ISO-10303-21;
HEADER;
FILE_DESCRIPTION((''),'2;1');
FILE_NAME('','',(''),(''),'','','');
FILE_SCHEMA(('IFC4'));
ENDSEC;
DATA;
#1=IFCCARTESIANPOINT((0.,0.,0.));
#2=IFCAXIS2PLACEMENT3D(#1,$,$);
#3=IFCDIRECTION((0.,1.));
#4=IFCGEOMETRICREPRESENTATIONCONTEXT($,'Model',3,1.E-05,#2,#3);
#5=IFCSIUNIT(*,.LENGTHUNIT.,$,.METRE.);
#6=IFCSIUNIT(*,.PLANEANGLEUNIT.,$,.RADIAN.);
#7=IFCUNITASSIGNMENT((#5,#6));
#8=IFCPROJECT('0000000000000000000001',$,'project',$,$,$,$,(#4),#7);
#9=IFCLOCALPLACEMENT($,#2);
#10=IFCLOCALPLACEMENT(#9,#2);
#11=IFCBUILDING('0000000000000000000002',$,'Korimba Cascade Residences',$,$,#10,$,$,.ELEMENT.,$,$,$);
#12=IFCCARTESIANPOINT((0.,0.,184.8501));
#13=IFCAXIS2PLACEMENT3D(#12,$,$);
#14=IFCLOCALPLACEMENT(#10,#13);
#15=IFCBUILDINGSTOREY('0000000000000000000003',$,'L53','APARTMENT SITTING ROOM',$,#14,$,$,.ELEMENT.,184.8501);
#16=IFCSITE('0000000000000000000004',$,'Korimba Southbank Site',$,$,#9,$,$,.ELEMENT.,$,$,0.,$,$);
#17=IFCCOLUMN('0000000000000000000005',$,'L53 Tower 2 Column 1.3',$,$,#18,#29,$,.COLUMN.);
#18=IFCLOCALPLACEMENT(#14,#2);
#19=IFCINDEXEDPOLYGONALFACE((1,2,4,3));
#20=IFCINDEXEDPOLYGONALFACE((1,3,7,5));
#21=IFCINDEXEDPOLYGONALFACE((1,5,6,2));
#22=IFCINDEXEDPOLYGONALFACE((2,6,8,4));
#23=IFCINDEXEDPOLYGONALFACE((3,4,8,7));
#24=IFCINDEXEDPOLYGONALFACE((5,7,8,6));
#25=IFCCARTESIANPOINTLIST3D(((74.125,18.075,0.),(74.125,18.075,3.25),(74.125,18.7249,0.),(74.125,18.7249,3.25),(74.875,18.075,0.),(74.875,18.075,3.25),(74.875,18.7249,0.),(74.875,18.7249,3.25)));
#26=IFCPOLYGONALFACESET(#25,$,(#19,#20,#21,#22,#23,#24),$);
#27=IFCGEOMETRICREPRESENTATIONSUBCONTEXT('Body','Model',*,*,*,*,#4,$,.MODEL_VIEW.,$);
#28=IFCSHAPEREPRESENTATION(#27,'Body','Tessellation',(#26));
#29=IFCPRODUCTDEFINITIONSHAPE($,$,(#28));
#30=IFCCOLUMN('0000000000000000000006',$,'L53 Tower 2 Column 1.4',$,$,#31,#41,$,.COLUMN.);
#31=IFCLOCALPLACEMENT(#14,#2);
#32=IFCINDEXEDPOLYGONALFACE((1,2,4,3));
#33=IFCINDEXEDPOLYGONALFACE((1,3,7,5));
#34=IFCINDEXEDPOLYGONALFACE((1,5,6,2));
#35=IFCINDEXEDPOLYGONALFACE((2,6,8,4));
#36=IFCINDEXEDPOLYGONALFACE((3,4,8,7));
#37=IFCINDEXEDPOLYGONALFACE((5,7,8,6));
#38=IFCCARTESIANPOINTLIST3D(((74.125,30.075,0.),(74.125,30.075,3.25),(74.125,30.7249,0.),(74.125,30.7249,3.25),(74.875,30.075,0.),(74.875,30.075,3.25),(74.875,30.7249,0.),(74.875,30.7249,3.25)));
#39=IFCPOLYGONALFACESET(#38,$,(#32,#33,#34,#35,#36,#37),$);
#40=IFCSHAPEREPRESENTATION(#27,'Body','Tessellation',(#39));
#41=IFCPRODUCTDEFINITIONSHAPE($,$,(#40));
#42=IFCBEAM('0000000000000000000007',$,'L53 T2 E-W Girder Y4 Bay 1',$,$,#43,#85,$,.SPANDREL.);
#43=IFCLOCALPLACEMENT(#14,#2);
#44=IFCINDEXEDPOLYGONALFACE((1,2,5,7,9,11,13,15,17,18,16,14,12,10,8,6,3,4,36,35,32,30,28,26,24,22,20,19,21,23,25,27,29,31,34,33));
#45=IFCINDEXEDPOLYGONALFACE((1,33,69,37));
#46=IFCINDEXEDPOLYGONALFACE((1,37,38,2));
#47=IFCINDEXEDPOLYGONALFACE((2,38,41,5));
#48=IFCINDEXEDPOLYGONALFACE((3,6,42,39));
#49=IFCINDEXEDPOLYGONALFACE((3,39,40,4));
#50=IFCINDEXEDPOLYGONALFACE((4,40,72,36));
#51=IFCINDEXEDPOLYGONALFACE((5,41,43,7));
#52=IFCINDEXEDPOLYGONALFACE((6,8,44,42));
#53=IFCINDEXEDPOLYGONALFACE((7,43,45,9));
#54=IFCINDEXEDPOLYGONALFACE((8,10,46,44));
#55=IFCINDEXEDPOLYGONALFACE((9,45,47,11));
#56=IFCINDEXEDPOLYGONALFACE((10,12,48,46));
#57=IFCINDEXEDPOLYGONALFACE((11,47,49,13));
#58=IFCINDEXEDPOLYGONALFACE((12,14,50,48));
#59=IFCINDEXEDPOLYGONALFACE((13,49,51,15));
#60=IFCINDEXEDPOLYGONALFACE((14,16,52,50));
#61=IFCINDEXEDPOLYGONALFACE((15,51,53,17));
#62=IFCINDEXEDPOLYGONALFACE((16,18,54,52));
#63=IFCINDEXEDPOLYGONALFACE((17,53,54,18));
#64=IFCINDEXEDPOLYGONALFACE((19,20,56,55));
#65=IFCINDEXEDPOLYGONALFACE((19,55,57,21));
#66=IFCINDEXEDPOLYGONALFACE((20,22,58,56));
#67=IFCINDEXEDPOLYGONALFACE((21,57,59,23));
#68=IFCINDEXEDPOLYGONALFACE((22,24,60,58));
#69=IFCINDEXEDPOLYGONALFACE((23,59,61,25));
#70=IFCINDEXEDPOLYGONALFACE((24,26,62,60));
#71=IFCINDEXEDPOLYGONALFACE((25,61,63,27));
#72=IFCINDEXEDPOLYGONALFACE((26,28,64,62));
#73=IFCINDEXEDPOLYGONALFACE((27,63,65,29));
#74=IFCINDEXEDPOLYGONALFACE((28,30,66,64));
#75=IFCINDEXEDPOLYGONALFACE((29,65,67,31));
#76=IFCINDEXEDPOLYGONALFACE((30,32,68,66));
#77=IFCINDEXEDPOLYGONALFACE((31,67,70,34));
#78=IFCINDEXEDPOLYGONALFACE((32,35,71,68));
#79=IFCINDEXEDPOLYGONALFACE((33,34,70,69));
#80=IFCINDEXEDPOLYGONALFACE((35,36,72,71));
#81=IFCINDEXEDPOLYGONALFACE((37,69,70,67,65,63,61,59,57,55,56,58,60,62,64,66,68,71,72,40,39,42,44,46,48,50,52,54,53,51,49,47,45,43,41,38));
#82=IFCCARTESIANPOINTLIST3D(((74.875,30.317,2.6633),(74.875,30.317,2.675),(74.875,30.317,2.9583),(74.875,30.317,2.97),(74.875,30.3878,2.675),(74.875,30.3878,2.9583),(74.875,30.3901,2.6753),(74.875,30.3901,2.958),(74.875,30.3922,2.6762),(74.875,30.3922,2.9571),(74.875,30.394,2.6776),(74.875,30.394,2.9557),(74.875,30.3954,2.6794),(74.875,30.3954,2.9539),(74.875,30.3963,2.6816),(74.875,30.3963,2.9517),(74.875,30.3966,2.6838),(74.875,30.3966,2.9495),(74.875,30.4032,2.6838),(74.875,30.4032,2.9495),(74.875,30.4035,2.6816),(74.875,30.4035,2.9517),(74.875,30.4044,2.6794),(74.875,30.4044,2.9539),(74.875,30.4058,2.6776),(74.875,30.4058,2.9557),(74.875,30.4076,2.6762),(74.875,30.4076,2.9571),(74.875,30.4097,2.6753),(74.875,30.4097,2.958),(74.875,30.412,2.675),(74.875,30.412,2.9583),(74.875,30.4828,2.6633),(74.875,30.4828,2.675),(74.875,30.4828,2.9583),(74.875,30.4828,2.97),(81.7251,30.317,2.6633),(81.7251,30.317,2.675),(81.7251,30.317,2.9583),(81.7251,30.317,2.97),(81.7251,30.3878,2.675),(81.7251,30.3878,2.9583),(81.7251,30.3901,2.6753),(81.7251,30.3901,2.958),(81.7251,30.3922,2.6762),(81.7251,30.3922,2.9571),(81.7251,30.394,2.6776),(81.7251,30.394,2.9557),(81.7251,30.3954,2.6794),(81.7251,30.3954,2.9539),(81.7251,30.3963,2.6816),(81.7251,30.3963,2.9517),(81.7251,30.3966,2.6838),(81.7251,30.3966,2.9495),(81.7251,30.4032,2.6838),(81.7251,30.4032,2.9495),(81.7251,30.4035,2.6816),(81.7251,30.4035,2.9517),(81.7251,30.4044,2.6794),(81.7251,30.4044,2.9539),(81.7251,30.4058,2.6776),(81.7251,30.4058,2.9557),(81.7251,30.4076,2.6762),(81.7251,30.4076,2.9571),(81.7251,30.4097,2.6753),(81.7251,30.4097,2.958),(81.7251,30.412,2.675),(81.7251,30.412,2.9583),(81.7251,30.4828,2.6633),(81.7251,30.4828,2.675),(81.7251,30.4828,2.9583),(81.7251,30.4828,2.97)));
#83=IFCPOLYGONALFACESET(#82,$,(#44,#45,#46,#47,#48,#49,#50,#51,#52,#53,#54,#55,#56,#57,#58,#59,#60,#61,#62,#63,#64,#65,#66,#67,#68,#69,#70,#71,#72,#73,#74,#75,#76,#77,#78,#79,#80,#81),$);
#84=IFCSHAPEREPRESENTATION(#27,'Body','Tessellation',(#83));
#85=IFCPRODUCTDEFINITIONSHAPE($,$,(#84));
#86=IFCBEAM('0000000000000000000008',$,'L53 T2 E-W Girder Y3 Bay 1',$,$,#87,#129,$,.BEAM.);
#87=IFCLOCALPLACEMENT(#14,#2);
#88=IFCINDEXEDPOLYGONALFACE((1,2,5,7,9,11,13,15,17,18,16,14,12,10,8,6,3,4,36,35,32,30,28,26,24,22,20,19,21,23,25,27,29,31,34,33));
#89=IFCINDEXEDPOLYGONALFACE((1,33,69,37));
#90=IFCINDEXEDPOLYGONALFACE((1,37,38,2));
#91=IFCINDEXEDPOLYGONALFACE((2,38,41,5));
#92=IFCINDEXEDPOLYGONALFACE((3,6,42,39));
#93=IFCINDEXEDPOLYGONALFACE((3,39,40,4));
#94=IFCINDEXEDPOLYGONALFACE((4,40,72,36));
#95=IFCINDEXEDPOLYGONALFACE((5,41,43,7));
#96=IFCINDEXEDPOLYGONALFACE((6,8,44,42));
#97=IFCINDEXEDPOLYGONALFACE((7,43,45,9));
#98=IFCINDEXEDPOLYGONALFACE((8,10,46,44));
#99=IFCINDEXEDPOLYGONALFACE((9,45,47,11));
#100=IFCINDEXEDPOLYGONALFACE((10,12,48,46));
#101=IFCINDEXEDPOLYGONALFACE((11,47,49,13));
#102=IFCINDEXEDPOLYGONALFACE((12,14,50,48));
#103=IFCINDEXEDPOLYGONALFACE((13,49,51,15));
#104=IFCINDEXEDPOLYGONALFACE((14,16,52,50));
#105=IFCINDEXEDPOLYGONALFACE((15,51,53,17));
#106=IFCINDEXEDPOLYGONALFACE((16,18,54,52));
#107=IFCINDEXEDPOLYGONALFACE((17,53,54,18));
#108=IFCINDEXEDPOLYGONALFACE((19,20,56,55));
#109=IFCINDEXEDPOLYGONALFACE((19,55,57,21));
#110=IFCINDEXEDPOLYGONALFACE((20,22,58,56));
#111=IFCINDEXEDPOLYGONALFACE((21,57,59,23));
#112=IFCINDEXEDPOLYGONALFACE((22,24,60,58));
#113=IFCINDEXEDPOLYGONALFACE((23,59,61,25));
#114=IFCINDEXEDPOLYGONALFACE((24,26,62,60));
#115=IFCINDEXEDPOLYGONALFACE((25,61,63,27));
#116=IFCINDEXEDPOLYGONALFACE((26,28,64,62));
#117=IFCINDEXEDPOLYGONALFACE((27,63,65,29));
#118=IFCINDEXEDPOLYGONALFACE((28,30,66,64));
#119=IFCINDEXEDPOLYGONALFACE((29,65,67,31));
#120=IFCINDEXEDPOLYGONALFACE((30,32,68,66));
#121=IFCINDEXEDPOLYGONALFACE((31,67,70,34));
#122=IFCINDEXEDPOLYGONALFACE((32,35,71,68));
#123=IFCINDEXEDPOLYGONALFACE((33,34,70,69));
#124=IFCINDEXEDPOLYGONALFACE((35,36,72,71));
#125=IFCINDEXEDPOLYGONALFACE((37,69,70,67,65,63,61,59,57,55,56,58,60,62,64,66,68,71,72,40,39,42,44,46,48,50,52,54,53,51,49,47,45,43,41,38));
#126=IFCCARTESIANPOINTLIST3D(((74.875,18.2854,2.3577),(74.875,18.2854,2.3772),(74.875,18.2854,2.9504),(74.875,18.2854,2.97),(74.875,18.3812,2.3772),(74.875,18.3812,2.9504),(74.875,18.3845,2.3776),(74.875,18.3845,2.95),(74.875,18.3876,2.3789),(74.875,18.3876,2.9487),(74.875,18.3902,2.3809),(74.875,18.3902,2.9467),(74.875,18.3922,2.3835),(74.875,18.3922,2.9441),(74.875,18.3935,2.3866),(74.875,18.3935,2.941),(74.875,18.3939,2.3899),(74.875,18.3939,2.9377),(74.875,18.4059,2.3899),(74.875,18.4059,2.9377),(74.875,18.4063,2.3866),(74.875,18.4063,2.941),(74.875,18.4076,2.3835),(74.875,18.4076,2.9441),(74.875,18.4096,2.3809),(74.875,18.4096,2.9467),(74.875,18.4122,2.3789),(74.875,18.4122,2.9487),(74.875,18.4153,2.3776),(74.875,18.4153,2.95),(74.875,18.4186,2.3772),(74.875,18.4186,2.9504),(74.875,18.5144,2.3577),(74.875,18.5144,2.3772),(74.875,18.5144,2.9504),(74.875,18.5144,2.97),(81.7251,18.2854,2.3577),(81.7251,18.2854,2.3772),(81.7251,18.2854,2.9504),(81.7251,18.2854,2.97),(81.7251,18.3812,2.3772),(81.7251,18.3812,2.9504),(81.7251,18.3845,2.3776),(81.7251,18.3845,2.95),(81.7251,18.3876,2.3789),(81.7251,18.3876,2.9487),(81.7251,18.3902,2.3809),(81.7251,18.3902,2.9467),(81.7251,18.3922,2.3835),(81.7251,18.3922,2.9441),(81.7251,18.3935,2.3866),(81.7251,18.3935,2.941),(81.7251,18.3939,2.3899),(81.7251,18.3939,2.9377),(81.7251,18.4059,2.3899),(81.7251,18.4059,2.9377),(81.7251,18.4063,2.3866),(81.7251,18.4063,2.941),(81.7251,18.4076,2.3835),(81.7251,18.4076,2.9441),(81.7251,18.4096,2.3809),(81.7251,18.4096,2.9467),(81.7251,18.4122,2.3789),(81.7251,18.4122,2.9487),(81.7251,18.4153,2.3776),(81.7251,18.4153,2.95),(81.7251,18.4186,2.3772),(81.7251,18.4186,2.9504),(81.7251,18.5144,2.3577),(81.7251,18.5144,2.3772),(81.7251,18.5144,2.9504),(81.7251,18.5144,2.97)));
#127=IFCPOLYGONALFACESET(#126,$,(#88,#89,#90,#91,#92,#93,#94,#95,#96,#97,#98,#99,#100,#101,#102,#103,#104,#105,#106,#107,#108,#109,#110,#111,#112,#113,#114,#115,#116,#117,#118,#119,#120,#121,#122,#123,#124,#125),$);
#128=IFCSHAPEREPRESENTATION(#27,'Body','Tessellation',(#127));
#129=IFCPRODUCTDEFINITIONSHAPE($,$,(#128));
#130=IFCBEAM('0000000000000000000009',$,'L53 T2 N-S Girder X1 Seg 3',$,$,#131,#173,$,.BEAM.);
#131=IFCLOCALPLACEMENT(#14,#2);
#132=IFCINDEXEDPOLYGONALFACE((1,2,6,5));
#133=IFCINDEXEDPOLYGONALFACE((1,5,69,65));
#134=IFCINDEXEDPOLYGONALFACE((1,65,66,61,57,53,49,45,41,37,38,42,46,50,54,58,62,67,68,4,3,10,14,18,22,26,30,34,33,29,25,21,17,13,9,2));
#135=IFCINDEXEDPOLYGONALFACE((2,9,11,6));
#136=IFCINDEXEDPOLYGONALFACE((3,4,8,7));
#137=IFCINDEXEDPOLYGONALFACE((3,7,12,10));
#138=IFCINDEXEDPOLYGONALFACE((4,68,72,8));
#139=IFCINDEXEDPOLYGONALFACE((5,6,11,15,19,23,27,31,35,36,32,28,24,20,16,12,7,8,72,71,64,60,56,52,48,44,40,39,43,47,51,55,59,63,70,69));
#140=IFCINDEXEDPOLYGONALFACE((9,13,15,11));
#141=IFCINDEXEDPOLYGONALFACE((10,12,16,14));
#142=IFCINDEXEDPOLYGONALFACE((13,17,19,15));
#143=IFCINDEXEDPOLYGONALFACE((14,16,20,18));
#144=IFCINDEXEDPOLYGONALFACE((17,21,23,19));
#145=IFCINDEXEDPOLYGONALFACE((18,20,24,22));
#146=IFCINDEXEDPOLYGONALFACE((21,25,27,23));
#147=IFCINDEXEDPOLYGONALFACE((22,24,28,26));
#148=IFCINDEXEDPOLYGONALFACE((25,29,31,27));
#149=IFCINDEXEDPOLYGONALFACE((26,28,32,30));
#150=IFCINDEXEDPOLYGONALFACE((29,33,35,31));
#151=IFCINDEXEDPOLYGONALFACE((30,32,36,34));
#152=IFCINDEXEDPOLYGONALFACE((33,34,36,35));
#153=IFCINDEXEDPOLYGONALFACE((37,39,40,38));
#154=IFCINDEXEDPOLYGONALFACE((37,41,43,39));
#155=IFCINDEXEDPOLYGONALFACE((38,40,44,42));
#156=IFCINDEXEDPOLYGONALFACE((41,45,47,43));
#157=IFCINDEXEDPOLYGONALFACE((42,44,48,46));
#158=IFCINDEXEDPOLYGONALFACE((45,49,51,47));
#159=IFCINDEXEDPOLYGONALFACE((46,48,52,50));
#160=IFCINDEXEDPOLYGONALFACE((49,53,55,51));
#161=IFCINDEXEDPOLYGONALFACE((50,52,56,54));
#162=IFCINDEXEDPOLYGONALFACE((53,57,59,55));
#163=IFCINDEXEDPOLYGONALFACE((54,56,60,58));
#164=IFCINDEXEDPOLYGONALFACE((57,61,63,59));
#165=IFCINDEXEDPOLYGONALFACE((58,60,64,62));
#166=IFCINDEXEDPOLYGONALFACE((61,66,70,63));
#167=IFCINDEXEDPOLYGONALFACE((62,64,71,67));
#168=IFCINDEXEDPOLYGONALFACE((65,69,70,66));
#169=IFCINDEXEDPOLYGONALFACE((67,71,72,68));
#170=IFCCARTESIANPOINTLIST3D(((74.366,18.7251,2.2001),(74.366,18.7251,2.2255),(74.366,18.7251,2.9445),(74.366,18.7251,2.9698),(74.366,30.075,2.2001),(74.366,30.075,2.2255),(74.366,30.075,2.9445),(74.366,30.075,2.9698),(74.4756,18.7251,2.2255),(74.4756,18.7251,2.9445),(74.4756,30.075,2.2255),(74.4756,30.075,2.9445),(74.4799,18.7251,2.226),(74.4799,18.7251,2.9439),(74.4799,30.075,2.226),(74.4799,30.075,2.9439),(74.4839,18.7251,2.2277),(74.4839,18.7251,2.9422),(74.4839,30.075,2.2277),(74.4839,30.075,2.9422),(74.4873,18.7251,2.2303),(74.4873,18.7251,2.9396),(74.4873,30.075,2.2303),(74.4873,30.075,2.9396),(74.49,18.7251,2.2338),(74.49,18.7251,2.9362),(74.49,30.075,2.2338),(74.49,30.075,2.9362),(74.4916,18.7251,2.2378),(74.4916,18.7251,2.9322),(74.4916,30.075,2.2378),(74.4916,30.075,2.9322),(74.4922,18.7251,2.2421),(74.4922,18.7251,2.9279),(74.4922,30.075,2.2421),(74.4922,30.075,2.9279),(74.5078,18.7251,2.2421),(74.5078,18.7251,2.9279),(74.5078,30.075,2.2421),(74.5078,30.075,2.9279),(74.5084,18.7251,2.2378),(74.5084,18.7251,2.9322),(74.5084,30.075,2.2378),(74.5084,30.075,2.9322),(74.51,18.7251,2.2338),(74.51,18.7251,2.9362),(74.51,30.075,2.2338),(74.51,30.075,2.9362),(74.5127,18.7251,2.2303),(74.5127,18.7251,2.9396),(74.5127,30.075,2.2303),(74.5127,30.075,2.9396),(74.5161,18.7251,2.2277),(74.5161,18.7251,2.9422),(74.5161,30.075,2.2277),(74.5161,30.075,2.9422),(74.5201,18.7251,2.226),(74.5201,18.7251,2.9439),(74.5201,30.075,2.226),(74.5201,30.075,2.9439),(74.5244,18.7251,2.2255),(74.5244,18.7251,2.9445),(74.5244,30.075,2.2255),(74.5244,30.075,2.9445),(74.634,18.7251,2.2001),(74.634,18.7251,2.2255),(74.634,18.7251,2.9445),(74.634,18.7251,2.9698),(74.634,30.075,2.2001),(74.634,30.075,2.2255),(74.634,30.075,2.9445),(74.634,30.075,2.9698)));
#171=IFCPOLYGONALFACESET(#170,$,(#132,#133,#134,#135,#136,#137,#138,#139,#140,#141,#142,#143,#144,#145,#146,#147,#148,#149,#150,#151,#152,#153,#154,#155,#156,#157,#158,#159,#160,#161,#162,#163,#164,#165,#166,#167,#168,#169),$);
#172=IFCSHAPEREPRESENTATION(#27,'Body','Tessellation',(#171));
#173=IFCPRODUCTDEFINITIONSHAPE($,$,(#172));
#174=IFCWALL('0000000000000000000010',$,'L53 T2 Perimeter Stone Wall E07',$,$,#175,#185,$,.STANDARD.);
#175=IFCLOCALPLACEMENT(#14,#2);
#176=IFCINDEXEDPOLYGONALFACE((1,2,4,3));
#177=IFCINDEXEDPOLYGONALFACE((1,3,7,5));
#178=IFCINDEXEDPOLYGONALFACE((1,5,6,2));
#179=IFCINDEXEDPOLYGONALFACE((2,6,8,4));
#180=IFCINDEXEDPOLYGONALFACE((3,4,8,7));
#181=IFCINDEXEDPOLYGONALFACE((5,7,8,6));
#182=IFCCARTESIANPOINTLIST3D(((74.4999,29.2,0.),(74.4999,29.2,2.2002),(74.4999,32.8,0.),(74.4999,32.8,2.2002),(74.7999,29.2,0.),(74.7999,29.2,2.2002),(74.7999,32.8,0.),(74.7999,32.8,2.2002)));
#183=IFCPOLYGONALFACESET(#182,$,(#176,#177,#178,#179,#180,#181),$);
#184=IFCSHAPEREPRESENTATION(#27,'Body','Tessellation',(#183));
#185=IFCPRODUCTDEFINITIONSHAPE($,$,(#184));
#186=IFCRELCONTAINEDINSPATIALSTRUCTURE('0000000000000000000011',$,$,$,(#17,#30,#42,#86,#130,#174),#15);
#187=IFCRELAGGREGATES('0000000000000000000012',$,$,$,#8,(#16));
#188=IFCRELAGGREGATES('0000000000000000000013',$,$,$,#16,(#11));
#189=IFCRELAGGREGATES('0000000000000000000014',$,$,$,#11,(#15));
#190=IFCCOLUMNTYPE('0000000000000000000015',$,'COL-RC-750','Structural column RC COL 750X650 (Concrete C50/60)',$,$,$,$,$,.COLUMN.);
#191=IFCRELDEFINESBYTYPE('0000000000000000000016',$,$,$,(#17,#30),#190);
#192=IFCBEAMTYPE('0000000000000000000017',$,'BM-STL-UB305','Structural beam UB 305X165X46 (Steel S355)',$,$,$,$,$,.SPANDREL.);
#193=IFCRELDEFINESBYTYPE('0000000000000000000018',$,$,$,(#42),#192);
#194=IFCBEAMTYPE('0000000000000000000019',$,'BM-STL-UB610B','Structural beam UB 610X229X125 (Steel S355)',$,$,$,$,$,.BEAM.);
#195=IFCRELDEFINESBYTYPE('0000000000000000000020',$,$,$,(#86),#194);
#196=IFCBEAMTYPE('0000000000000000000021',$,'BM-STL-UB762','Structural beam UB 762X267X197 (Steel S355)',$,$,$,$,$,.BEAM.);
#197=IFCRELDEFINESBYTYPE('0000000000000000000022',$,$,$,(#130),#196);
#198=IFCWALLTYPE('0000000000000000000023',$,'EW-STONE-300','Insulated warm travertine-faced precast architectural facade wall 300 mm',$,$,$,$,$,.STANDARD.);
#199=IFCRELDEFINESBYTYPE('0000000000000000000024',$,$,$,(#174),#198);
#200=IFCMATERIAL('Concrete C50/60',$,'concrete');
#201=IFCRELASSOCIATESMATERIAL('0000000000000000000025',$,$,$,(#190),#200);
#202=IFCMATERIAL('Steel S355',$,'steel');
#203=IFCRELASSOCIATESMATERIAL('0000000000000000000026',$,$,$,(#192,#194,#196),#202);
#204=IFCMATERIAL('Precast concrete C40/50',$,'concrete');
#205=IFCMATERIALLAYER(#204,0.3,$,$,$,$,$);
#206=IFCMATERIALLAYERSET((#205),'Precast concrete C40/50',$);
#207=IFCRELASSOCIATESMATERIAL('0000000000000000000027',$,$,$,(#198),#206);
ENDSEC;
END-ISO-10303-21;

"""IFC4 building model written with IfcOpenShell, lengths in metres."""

from ifc_helpers import new_model, si_unit, direction, frame, frame_2d, origin, origin_2d, place, context, subcontext, project, spatial, rectangle, i_section, extrude, material, layer, layer_set, material_profile, profile_set, type_object, element, save


model = new_model("IFC4")

# Units and contexts
model_context = context("Model", 3, precision=1e-05, world=origin(), true_north=direction((0.0, 1.0)))
body_context = subcontext(model_context, "Body", "Model", "MODEL_VIEW")
ifc_project = project(units=[si_unit("LENGTHUNIT", "METRE"), si_unit("PLANEANGLEUNIT", "RADIAN")], contexts=[model_context])

# Site, building, storey
site_placement = place(None, origin())
site = spatial("IfcSite", under=ifc_project, at=site_placement, Name="Korimba Southbank Site", CompositionType="ELEMENT", RefElevation=0.0)
building_placement = place(site_placement, origin())
building = spatial("IfcBuilding", under=site, at=building_placement, Name="Korimba Cascade Residences", CompositionType="ELEMENT")
storey_placement = place(building_placement, frame((0.0, 0.0, 184.8501)))
storey = spatial("IfcBuildingStorey", under=building, at=storey_placement, Name="L53", Description="APARTMENT SITTING ROOM", CompositionType="ELEMENT", Elevation=184.8501)

# Columns
ifc_material_1 = material(Name="Concrete C50/60", Category="concrete")
ifc_material_profile_1 = material_profile(ifc_material_1, rectangle(XDim=0.75, YDim=0.6499, at=origin_2d()), Name="Concrete C50/60")
ifc_profile_set_1 = profile_set([ifc_material_profile_1], Name="Concrete C50/60")
column_type = type_object("IfcColumnType", Name="COL-RC-750", Description="Structural column RC COL 750X650 (Concrete C50/60)", PredefinedType="COLUMN", material=ifc_profile_set_1)
for number, where, z_axis, x_axis, name in (
    (1, (74.5, 18.3999, 0.0), (0.0, 0.0, 1.0), (1.0, 0.0, 0.0), "L53 Tower 2 Column 1.3"),
    (2, (74.5, 30.3999, 0.0), (0.0, 0.0, 1.0), (1.0, 0.0, 0.0), "L53 Tower 2 Column 1.4"),
):
    element("IfcColumn", number, at=place(storey_placement, frame(where, z_axis=z_axis, x_axis=x_axis)), inside=storey, type_object=column_type, Name=name, PredefinedType="COLUMN", context=body_context, shape_type="SweptSolid", body=[
        extrude(rectangle(XDim=0.75, YDim=0.6499, at=origin_2d()), origin(), (0.0, 0.0, 1.0), 3.25),
    ])

# Beams
ifc_material_2 = material(Name="Steel S355", Category="steel")
ifc_material_profile_2 = material_profile(ifc_material_2, i_section(OverallWidth=0.1658, OverallDepth=0.3066, WebThickness=0.0066, FlangeThickness=0.0117, FilletRadius=0.0088, at=origin_2d()), Name="Steel S355")
ifc_profile_set_2 = profile_set([ifc_material_profile_2], Name="Steel S355")
beam_type_1 = type_object("IfcBeamType", Name="BM-STL-UB305", Description="Structural beam UB 305X165X46 (Steel S355)", PredefinedType="SPANDREL", material=ifc_profile_set_2)
beam_1_placement = place(storey_placement, frame((74.875, 30.3999, 2.8167), z_axis=(1.0, 0.0, 0.0), x_axis=(0.0, 1.0, 0.0)))
element("IfcBeam", 3, at=beam_1_placement, inside=storey, type_object=beam_type_1, Name="L53 T2 E-W Girder Y4 Bay 1", PredefinedType="SPANDREL", context=body_context, shape_type="SweptSolid", body=[
    extrude(i_section(OverallWidth=0.1658, OverallDepth=0.3066, WebThickness=0.0066, FlangeThickness=0.0117, FilletRadius=0.0088, at=origin_2d()), origin(), (0.0, 0.0, 1.0), 6.8501),
])
ifc_material_profile_3 = material_profile(ifc_material_2, i_section(OverallWidth=0.229, OverallDepth=0.6123, WebThickness=0.012, FlangeThickness=0.0195, FilletRadius=0.0127, at=origin_2d()), Name="Steel S355")
ifc_profile_set_3 = profile_set([ifc_material_profile_3], Name="Steel S355")
beam_type_2 = type_object("IfcBeamType", Name="BM-STL-UB610B", Description="Structural beam UB 610X229X125 (Steel S355)", PredefinedType="BEAM", material=ifc_profile_set_3)
beam_2_placement = place(storey_placement, frame((74.875, 18.3999, 2.6638), z_axis=(1.0, 0.0, 0.0), x_axis=(0.0, 1.0, 0.0)))
element("IfcBeam", 4, at=beam_2_placement, inside=storey, type_object=beam_type_2, Name="L53 T2 E-W Girder Y3 Bay 1", PredefinedType="BEAM", context=body_context, shape_type="SweptSolid", body=[
    extrude(i_section(OverallWidth=0.229, OverallDepth=0.6123, WebThickness=0.012, FlangeThickness=0.0195, FilletRadius=0.0127, at=origin_2d()), origin(), (0.0, 0.0, 1.0), 6.8501),
])
ifc_material_profile_4 = material_profile(ifc_material_2, i_section(OverallWidth=0.2681, OverallDepth=0.7698, WebThickness=0.0156, FlangeThickness=0.0254, FilletRadius=0.0166, at=origin_2d()), Name="Steel S355")
ifc_profile_set_4 = profile_set([ifc_material_profile_4], Name="Steel S355")
beam_type_3 = type_object("IfcBeamType", Name="BM-STL-UB762", Description="Structural beam UB 762X267X197 (Steel S355)", PredefinedType="BEAM", material=ifc_profile_set_4)
beam_3_placement = place(storey_placement, frame((74.5, 18.7251, 2.585), z_axis=(0.0, 1.0, 0.0), x_axis=(-1.0, 0.0, 0.0)))
element("IfcBeam", 5, at=beam_3_placement, inside=storey, type_object=beam_type_3, Name="L53 T2 N-S Girder X1 Seg 3", PredefinedType="BEAM", context=body_context, shape_type="SweptSolid", body=[
    extrude(i_section(OverallWidth=0.2681, OverallDepth=0.7698, WebThickness=0.0156, FlangeThickness=0.0254, FilletRadius=0.0166, at=origin_2d()), origin(), (0.0, 0.0, 1.0), 11.3499),
])

# Wall
ifc_material_3 = material(Name="Precast concrete C40/50", Category="concrete")
ifc_layer_1 = layer(ifc_material_3, 0.3)
ifc_layer_set_1 = layer_set([ifc_layer_1], Name="Precast concrete C40/50")
wall_type_1 = type_object("IfcWallType", Name="EW-STONE-300", Description="Insulated warm travertine-faced precast architectural facade wall 300 mm", PredefinedType="STANDARD", material=ifc_layer_set_1)
wall_1_placement = place(storey_placement, frame((74.6499, 32.8, 0.0), z_axis=(0.0, 0.0, 1.0), x_axis=(0.0, -1.0, 0.0)))
element("IfcWall", 6, at=wall_1_placement, inside=storey, type_object=wall_type_1, Name="L53 T2 Perimeter Stone Wall E07", PredefinedType="STANDARD", context=body_context, shape_type="SweptSolid", body=[
    extrude(rectangle(XDim=3.6001, YDim=0.3, at=frame_2d((1.8, 0.0))), origin(), (0.0, 0.0, 1.0), 2.2002),
])

save(model, "model.ifc")
